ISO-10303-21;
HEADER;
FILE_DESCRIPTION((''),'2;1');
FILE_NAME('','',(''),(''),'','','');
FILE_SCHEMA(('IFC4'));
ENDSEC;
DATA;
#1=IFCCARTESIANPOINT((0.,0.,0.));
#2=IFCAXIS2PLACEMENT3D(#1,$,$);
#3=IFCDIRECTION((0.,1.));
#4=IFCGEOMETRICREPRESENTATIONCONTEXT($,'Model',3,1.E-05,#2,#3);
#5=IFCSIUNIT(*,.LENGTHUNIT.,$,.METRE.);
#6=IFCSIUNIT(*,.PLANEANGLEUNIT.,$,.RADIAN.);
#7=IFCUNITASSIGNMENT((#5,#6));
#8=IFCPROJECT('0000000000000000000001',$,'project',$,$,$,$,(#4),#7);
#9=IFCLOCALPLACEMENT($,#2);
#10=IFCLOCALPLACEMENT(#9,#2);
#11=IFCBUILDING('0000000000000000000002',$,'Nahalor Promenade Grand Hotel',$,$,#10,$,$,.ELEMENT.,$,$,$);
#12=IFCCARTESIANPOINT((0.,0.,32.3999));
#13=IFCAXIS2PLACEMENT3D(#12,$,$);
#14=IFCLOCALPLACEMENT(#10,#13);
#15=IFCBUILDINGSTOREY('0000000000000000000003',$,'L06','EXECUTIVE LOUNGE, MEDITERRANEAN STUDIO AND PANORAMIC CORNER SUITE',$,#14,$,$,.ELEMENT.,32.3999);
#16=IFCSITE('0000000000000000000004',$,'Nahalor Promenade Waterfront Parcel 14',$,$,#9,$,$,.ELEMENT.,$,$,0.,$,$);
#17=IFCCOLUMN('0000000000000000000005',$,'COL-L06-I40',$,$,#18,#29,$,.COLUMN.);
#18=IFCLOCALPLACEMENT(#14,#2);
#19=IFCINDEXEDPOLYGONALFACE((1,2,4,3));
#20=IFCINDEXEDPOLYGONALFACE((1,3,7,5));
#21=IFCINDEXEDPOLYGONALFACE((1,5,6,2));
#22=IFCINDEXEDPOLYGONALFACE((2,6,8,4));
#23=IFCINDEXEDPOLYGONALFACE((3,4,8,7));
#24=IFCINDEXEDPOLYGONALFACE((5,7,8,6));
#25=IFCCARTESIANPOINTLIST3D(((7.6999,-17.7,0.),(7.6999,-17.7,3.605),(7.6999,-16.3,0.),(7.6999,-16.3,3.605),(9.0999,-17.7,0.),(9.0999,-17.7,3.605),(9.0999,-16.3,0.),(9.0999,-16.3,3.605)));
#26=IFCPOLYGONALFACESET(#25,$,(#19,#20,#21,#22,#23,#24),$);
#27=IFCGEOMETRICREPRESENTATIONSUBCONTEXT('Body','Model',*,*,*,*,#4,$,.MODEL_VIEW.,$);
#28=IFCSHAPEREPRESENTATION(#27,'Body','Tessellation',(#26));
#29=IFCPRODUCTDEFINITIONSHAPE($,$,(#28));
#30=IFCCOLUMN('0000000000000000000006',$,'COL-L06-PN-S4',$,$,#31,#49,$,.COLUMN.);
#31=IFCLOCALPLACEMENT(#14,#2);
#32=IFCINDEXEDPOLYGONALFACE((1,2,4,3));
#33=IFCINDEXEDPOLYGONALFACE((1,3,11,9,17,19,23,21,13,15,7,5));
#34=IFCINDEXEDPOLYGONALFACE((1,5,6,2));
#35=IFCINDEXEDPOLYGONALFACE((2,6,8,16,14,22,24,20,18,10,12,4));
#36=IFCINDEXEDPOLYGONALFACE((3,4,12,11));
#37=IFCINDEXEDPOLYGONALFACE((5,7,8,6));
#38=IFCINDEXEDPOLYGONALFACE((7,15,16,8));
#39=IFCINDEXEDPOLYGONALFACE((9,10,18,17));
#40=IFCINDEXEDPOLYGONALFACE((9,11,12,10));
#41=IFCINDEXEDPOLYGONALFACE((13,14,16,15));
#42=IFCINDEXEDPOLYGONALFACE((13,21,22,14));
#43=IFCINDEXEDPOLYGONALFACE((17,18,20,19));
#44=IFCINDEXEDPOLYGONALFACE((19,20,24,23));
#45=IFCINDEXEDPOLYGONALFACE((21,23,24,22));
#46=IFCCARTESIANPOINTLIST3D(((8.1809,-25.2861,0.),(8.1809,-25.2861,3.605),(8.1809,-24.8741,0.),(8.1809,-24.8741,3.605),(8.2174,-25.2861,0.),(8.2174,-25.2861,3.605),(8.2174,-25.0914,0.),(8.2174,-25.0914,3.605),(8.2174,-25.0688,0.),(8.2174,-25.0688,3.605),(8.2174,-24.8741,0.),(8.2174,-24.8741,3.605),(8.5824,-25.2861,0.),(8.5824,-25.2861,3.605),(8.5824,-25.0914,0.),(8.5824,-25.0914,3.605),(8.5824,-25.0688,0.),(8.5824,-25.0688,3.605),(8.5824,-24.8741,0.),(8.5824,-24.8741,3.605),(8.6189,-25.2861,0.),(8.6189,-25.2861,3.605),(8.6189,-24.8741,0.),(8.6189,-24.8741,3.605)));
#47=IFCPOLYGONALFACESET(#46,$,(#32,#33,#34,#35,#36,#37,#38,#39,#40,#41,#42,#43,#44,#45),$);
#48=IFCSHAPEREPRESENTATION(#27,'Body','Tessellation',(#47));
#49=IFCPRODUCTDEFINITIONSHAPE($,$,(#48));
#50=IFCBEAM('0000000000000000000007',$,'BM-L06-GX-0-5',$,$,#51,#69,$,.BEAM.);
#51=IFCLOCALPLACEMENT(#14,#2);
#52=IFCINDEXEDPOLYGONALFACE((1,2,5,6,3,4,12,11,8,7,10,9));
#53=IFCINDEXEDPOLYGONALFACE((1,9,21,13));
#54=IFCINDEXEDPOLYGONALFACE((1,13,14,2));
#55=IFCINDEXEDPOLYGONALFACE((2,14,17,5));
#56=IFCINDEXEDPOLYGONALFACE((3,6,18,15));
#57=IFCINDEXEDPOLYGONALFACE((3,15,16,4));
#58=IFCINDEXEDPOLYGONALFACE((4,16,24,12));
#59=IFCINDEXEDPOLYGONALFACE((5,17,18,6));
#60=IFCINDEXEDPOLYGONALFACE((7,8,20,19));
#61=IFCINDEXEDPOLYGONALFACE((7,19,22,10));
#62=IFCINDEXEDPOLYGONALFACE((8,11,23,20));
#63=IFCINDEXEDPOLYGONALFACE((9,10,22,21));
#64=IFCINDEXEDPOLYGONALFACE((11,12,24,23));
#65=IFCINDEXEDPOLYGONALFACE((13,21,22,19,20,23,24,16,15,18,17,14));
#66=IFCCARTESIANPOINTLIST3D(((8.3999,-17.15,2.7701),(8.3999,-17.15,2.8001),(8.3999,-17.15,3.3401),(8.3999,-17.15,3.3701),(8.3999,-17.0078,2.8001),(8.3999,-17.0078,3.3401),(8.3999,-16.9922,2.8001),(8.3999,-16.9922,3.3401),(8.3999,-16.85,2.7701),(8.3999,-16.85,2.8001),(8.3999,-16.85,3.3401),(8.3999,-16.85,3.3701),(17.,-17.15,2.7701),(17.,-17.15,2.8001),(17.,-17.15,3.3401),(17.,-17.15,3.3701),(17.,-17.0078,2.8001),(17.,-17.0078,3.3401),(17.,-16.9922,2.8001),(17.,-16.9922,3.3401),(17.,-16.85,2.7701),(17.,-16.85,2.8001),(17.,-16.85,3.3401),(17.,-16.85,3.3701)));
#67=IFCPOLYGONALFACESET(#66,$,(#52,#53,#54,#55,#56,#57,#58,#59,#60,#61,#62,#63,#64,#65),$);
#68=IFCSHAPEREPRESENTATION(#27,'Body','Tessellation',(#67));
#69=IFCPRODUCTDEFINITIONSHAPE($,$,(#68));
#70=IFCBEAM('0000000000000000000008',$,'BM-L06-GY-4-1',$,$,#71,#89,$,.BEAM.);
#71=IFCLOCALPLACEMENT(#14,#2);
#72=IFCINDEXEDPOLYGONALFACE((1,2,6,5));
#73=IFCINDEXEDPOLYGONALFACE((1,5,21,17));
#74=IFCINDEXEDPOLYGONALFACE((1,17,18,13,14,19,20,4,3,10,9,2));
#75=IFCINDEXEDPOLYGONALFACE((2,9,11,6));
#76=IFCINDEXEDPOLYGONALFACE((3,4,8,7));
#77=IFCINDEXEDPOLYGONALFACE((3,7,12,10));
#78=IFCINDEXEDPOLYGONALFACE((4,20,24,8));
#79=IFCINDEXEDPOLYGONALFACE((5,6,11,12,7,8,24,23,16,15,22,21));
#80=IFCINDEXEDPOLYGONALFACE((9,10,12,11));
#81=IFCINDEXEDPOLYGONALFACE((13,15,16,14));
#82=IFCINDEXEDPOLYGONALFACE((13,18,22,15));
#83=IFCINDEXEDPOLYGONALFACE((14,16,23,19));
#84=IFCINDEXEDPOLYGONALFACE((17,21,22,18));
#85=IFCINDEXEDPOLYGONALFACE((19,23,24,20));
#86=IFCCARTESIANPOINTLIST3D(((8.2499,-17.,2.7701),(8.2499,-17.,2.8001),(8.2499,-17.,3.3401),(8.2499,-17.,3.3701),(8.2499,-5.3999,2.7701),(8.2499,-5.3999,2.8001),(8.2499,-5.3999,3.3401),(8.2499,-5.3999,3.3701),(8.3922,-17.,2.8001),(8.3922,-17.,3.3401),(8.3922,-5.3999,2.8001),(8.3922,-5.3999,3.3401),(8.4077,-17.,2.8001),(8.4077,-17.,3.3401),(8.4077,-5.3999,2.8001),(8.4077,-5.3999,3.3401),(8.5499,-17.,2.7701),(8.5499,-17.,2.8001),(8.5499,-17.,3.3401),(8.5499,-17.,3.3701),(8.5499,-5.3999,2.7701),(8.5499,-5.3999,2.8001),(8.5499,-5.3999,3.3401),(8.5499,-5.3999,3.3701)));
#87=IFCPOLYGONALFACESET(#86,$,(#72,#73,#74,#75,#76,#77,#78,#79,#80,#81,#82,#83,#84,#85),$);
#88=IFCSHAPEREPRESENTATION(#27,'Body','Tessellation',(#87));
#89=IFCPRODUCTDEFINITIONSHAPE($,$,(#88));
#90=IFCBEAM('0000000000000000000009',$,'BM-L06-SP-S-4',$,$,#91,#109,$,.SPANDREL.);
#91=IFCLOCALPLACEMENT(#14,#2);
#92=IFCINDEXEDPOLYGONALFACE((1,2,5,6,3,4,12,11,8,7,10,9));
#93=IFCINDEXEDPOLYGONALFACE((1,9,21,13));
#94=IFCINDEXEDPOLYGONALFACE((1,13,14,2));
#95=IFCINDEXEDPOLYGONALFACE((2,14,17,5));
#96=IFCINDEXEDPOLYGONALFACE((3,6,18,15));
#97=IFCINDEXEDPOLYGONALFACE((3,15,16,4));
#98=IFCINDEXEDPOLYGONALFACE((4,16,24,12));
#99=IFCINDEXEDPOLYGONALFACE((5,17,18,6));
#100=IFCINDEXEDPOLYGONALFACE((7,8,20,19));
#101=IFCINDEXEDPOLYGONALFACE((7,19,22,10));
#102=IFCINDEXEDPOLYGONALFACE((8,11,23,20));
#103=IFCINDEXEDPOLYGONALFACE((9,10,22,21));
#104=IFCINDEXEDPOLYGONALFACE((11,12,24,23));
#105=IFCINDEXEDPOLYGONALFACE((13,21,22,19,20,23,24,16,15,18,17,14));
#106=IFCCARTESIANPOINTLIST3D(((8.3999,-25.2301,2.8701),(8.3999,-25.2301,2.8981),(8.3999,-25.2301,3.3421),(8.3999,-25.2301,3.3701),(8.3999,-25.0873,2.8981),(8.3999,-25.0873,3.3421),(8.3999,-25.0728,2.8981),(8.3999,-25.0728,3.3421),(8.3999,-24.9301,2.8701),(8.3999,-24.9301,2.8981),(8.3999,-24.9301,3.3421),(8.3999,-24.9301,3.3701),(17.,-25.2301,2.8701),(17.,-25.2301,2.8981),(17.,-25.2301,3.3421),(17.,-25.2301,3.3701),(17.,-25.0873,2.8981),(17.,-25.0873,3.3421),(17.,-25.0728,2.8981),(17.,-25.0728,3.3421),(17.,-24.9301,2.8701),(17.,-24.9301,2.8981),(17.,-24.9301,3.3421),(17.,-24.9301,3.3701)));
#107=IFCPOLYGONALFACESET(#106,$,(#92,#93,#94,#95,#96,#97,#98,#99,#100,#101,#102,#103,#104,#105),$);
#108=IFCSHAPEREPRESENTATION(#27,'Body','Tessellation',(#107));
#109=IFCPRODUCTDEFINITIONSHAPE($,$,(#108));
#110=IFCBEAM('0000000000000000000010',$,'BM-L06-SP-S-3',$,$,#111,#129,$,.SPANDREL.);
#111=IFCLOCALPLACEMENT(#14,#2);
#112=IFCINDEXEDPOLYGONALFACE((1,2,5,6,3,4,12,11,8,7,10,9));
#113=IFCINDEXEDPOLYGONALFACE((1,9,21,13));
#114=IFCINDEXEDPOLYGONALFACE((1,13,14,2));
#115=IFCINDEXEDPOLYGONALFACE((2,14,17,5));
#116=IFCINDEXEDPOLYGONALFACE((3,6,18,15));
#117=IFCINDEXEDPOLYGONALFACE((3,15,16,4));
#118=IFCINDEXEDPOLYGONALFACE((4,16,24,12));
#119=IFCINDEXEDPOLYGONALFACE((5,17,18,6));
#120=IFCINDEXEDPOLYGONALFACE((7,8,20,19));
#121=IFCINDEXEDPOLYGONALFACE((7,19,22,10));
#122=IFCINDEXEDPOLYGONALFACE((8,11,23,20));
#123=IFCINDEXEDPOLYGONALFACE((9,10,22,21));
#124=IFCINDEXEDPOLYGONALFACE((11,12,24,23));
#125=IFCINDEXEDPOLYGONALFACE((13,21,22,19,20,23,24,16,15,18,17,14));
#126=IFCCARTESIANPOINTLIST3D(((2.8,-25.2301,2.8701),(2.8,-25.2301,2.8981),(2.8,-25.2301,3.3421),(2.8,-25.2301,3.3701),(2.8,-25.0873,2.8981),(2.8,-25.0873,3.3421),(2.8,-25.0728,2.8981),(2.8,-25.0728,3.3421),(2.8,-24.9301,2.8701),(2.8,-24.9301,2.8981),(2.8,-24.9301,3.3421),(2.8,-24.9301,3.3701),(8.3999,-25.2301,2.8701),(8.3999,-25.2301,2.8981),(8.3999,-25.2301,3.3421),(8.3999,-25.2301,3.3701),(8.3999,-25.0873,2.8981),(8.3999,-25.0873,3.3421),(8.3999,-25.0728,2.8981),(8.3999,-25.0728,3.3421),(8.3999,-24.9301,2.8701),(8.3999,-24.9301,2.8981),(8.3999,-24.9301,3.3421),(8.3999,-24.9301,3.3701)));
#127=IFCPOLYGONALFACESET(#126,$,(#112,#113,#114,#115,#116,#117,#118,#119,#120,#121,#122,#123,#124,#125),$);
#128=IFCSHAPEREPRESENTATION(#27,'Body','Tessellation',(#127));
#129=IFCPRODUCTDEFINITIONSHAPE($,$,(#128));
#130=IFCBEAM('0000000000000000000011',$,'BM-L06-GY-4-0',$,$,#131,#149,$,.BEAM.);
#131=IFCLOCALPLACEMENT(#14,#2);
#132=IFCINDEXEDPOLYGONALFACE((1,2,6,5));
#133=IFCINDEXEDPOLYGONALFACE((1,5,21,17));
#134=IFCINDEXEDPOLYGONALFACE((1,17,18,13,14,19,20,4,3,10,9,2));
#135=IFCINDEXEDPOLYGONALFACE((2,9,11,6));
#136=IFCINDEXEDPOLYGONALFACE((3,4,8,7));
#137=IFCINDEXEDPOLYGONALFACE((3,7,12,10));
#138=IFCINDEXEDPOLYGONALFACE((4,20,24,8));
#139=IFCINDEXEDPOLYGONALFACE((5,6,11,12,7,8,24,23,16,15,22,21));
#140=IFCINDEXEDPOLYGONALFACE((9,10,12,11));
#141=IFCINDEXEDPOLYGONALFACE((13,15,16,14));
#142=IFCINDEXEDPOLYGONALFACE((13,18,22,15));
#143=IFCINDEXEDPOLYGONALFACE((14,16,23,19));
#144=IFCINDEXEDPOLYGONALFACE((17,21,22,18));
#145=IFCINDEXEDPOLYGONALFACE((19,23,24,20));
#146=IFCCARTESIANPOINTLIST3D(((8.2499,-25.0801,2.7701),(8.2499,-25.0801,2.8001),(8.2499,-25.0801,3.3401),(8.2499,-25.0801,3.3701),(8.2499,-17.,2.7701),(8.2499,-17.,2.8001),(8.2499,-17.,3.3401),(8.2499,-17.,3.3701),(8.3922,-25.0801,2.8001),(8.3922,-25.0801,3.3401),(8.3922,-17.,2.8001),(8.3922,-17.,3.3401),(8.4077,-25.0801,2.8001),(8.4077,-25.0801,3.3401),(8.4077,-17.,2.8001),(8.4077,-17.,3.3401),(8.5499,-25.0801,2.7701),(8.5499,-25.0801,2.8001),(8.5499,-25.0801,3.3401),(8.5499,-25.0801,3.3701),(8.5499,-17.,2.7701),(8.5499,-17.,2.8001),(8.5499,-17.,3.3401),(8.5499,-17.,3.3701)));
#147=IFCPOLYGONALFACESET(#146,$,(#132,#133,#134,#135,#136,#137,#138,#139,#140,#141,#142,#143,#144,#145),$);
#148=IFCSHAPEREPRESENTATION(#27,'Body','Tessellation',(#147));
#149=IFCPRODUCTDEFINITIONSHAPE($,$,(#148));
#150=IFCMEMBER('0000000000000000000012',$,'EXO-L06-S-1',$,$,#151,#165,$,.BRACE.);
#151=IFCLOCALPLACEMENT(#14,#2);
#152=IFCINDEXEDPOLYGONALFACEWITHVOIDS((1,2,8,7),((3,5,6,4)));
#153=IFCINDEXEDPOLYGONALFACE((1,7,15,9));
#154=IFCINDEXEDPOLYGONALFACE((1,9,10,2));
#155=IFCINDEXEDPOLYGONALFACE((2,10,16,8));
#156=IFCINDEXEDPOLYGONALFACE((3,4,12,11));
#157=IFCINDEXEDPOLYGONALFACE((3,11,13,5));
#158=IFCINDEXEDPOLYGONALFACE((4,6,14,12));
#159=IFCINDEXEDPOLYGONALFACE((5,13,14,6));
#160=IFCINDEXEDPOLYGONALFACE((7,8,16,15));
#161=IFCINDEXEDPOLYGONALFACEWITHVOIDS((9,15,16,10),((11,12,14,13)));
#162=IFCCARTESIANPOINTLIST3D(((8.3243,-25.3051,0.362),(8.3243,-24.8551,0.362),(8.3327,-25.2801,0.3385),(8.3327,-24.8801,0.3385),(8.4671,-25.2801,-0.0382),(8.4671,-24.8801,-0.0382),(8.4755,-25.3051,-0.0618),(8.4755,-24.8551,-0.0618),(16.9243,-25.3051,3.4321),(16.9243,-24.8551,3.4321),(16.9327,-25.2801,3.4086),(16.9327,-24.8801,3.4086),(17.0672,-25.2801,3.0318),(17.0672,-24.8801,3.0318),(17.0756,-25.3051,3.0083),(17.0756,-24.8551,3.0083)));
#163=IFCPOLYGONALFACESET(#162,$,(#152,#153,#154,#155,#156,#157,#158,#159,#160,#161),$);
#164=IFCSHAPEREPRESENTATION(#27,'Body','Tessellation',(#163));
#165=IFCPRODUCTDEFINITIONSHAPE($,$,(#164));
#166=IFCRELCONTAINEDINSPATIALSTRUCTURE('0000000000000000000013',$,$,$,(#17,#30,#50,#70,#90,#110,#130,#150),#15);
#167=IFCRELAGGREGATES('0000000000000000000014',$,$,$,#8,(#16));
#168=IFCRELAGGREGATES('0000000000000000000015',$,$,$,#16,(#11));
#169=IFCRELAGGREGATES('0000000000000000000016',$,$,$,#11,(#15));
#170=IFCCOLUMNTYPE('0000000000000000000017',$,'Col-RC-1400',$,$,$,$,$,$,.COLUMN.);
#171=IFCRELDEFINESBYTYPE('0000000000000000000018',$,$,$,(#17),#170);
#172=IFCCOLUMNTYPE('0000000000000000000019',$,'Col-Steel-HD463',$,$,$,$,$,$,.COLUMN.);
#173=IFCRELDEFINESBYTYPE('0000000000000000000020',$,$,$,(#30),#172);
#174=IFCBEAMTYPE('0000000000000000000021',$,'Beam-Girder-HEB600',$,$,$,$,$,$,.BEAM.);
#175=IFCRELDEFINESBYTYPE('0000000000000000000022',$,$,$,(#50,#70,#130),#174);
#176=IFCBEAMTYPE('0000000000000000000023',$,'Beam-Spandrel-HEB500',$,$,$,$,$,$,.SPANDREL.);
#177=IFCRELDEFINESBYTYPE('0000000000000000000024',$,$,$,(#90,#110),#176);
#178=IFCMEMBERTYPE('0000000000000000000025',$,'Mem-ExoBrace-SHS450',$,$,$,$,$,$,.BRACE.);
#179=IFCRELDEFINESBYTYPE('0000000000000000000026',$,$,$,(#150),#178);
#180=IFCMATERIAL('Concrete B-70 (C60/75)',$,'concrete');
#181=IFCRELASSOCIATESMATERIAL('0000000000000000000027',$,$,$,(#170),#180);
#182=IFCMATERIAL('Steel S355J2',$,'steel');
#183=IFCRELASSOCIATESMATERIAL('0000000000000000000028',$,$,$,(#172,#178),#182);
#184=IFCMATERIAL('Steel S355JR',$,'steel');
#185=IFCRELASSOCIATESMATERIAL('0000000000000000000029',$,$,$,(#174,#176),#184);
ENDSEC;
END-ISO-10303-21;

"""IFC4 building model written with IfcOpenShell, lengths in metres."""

from ifc_helpers import new_model, si_unit, direction, frame, origin, origin_2d, place, context, subcontext, project, spatial, rectangle, hollow_rectangle, i_section, extrude, source, transform, mapped, material, material_profile, profile_set, type_object, element, save


model = new_model("IFC4")

# Units and contexts
model_context = context("Model", 3, precision=1e-05, world=origin(), true_north=direction((0.0, 1.0)))
body_context = subcontext(model_context, "Body", "Model", "MODEL_VIEW")
ifc_project = project(units=[si_unit("LENGTHUNIT", "METRE"), si_unit("PLANEANGLEUNIT", "RADIAN")], contexts=[model_context])

# Site, building, storey
site_placement = place(None, origin())
site = spatial("IfcSite", under=ifc_project, at=site_placement, Name="Nahalor Promenade Waterfront Parcel 14", CompositionType="ELEMENT", RefElevation=0.0)
building_placement = place(site_placement, origin())
building = spatial("IfcBuilding", under=site, at=building_placement, Name="Nahalor Promenade Grand Hotel", CompositionType="ELEMENT")
storey_placement = place(building_placement, frame((0.0, 0.0, 32.3999)))
storey = spatial("IfcBuildingStorey", under=building, at=storey_placement, Name="L06", Description="EXECUTIVE LOUNGE, MEDITERRANEAN STUDIO AND PANORAMIC CORNER SUITE", CompositionType="ELEMENT", Elevation=32.3999)

# Columns
ifc_material_1 = material(Name="Concrete B-70 (C60/75)", Category="concrete")
ifc_material_profile_1 = material_profile(ifc_material_1, rectangle(XDim=1.4, YDim=1.4, at=origin_2d()), Name="RC 1400x1400")
ifc_profile_set_1 = profile_set([ifc_material_profile_1], Name="Concrete B-70 (C60/75)")
column_type_1 = type_object("IfcColumnType", Name="Col-RC-1400", PredefinedType="COLUMN", material=ifc_profile_set_1)
shared_shape_1 = source(origin(), body_context, "Body", "SweptSolid", [
    extrude(rectangle(XDim=1.4, YDim=1.4, at=origin_2d()), origin(), (0.0, 0.0, 1.0), 3.605),
])
column_1_placement = place(storey_placement, frame((8.3999, -17.0, 0.0), z_axis=(0.0, 0.0, 1.0), x_axis=(1.0, 0.0, 0.0)))
element("IfcColumn", 1, at=column_1_placement, inside=storey, type_object=column_type_1, Name="COL-L06-I40", PredefinedType="COLUMN", context=body_context, shape_type="MappedRepresentation", body=[
    mapped(shared_shape_1, transform((0.0, 0.0, 0.0), scale=1.0)),
])
ifc_material_2 = material(Name="Steel S355J2", Category="steel")
ifc_material_profile_2 = material_profile(ifc_material_2, i_section(OverallWidth=0.412, OverallDepth=0.438, WebThickness=0.0226, FlangeThickness=0.0365, at=origin_2d()), Name="HD 400x463")
ifc_profile_set_2 = profile_set([ifc_material_profile_2], Name="Steel S355J2")
column_type_2 = type_object("IfcColumnType", Name="Col-Steel-HD463", PredefinedType="COLUMN", material=ifc_profile_set_2)
shared_shape_2 = source(origin(), body_context, "Body", "SweptSolid", [
    extrude(i_section(OverallWidth=0.412, OverallDepth=0.438, WebThickness=0.0226, FlangeThickness=0.0365, at=origin_2d()), origin(), (0.0, 0.0, 1.0), 3.605),
])
column_2_placement = place(storey_placement, frame((8.3999, -25.0801, 0.0), z_axis=(0.0, 0.0, 1.0), x_axis=(0.0, 1.0, 0.0)))
element("IfcColumn", 2, at=column_2_placement, inside=storey, type_object=column_type_2, Name="COL-L06-PN-S4", PredefinedType="COLUMN", context=body_context, shape_type="MappedRepresentation", body=[
    mapped(shared_shape_2, transform((0.0, 0.0, 0.0), scale=1.0)),
])

# Beams
ifc_material_3 = material(Name="Steel S355JR", Category="steel")
ifc_material_profile_3 = material_profile(ifc_material_3, i_section(OverallWidth=0.3, OverallDepth=0.6, WebThickness=0.0155, FlangeThickness=0.03, at=origin_2d()), Name="HEB 600")
ifc_profile_set_3 = profile_set([ifc_material_profile_3], Name="Steel S355JR")
beam_type_1 = type_object("IfcBeamType", Name="Beam-Girder-HEB600", PredefinedType="BEAM", material=ifc_profile_set_3)
shared_shape_3 = source(origin(), body_context, "Body", "SweptSolid", [
    extrude(i_section(OverallWidth=0.3, OverallDepth=0.6, WebThickness=0.0155, FlangeThickness=0.03, at=origin_2d()), origin(), (0.0, 0.0, 1.0), 8.6001),
])
beam_1_placement = place(storey_placement, frame((8.3999, -17.0, 3.0701), z_axis=(1.0, 0.0, 0.0), x_axis=(0.0, 1.0, 0.0)))
element("IfcBeam", 3, at=beam_1_placement, inside=storey, type_object=beam_type_1, Name="BM-L06-GX-0-5", PredefinedType="BEAM", context=body_context, shape_type="MappedRepresentation", body=[
    mapped(shared_shape_3, transform((0.0, 0.0, 0.0), scale=1.0)),
])
shared_shape_4 = source(origin(), body_context, "Body", "SweptSolid", [
    extrude(i_section(OverallWidth=0.3, OverallDepth=0.6, WebThickness=0.0155, FlangeThickness=0.03, at=origin_2d()), origin(), (0.0, 0.0, 1.0), 11.6001),
])
beam_2_placement = place(storey_placement, frame((8.3999, -17.0, 3.0701), z_axis=(0.0, 1.0, 0.0), x_axis=(-1.0, 0.0, 0.0)))
element("IfcBeam", 4, at=beam_2_placement, inside=storey, type_object=beam_type_1, Name="BM-L06-GY-4-1", PredefinedType="BEAM", context=body_context, shape_type="MappedRepresentation", body=[
    mapped(shared_shape_4, transform((0.0, 0.0, 0.0), scale=1.0)),
])
ifc_material_profile_4 = material_profile(ifc_material_3, i_section(OverallWidth=0.3, OverallDepth=0.5, WebThickness=0.0145, FlangeThickness=0.028, at=origin_2d()), Name="HEB 500")
ifc_profile_set_4 = profile_set([ifc_material_profile_4], Name="Steel S355JR")
beam_type_2 = type_object("IfcBeamType", Name="Beam-Spandrel-HEB500", PredefinedType="SPANDREL", material=ifc_profile_set_4)
shared_shape_5 = source(origin(), body_context, "Body", "SweptSolid", [
    extrude(i_section(OverallWidth=0.3, OverallDepth=0.5, WebThickness=0.0145, FlangeThickness=0.028, at=origin_2d()), origin(), (0.0, 0.0, 1.0), 8.6001),
])
beam_3_placement = place(storey_placement, frame((8.3999, -25.0801, 3.1201), z_axis=(1.0, 0.0, 0.0), x_axis=(0.0, 1.0, 0.0)))
element("IfcBeam", 5, at=beam_3_placement, inside=storey, type_object=beam_type_2, Name="BM-L06-SP-S-4", PredefinedType="SPANDREL", context=body_context, shape_type="MappedRepresentation", body=[
    mapped(shared_shape_5, transform((0.0, 0.0, 0.0), scale=1.0)),
])
shared_shape_6 = source(origin(), body_context, "Body", "SweptSolid", [
    extrude(i_section(OverallWidth=0.3, OverallDepth=0.5, WebThickness=0.0145, FlangeThickness=0.028, at=origin_2d()), origin(), (0.0, 0.0, 1.0), 5.5999),
])
beam_4_placement = place(storey_placement, frame((2.8, -25.0801, 3.1201), z_axis=(1.0, 0.0, 0.0), x_axis=(0.0, 1.0, 0.0)))
element("IfcBeam", 6, at=beam_4_placement, inside=storey, type_object=beam_type_2, Name="BM-L06-SP-S-3", PredefinedType="SPANDREL", context=body_context, shape_type="MappedRepresentation", body=[
    mapped(shared_shape_6, transform((0.0, 0.0, 0.0), scale=1.0)),
])
shared_shape_7 = source(origin(), body_context, "Body", "SweptSolid", [
    extrude(i_section(OverallWidth=0.3, OverallDepth=0.6, WebThickness=0.0155, FlangeThickness=0.03, at=origin_2d()), origin(), (0.0, 0.0, 1.0), 8.0801),
])
beam_5_placement = place(storey_placement, frame((8.3999, -25.0801, 3.0701), z_axis=(0.0, 1.0, 0.0), x_axis=(-1.0, 0.0, 0.0)))
element("IfcBeam", 7, at=beam_5_placement, inside=storey, type_object=beam_type_1, Name="BM-L06-GY-4-0", PredefinedType="BEAM", context=body_context, shape_type="MappedRepresentation", body=[
    mapped(shared_shape_7, transform((0.0, 0.0, 0.0), scale=1.0)),
])

# Member
ifc_material_profile_5 = material_profile(ifc_material_2, hollow_rectangle(XDim=0.45, YDim=0.45, WallThickness=0.025, at=origin_2d()), Name="SHS 450x450x25")
ifc_profile_set_5 = profile_set([ifc_material_profile_5], Name="Steel S355J2")
member_type_1 = type_object("IfcMemberType", Name="Mem-ExoBrace-SHS450", PredefinedType="BRACE", material=ifc_profile_set_5)
shared_shape_8 = source(origin(), body_context, "Body", "SweptSolid", [
    extrude(hollow_rectangle(XDim=0.45, YDim=0.45, WallThickness=0.025, at=origin_2d()), origin(), (0.0, 0.0, 1.0), 9.1316),
])
member_1_placement = place(storey_placement, frame((8.3999, -25.0801, 0.1501), z_axis=(0.94179, 0.0, 0.336201), x_axis=(0.0, 1.0, 0.0)))
element("IfcMember", 8, at=member_1_placement, inside=storey, type_object=member_type_1, Name="EXO-L06-S-1", PredefinedType="BRACE", context=body_context, shape_type="MappedRepresentation", body=[
    mapped(shared_shape_8, transform((0.0, 0.0, 0.0), scale=1.0)),
])

save(model, "model.ifc")
